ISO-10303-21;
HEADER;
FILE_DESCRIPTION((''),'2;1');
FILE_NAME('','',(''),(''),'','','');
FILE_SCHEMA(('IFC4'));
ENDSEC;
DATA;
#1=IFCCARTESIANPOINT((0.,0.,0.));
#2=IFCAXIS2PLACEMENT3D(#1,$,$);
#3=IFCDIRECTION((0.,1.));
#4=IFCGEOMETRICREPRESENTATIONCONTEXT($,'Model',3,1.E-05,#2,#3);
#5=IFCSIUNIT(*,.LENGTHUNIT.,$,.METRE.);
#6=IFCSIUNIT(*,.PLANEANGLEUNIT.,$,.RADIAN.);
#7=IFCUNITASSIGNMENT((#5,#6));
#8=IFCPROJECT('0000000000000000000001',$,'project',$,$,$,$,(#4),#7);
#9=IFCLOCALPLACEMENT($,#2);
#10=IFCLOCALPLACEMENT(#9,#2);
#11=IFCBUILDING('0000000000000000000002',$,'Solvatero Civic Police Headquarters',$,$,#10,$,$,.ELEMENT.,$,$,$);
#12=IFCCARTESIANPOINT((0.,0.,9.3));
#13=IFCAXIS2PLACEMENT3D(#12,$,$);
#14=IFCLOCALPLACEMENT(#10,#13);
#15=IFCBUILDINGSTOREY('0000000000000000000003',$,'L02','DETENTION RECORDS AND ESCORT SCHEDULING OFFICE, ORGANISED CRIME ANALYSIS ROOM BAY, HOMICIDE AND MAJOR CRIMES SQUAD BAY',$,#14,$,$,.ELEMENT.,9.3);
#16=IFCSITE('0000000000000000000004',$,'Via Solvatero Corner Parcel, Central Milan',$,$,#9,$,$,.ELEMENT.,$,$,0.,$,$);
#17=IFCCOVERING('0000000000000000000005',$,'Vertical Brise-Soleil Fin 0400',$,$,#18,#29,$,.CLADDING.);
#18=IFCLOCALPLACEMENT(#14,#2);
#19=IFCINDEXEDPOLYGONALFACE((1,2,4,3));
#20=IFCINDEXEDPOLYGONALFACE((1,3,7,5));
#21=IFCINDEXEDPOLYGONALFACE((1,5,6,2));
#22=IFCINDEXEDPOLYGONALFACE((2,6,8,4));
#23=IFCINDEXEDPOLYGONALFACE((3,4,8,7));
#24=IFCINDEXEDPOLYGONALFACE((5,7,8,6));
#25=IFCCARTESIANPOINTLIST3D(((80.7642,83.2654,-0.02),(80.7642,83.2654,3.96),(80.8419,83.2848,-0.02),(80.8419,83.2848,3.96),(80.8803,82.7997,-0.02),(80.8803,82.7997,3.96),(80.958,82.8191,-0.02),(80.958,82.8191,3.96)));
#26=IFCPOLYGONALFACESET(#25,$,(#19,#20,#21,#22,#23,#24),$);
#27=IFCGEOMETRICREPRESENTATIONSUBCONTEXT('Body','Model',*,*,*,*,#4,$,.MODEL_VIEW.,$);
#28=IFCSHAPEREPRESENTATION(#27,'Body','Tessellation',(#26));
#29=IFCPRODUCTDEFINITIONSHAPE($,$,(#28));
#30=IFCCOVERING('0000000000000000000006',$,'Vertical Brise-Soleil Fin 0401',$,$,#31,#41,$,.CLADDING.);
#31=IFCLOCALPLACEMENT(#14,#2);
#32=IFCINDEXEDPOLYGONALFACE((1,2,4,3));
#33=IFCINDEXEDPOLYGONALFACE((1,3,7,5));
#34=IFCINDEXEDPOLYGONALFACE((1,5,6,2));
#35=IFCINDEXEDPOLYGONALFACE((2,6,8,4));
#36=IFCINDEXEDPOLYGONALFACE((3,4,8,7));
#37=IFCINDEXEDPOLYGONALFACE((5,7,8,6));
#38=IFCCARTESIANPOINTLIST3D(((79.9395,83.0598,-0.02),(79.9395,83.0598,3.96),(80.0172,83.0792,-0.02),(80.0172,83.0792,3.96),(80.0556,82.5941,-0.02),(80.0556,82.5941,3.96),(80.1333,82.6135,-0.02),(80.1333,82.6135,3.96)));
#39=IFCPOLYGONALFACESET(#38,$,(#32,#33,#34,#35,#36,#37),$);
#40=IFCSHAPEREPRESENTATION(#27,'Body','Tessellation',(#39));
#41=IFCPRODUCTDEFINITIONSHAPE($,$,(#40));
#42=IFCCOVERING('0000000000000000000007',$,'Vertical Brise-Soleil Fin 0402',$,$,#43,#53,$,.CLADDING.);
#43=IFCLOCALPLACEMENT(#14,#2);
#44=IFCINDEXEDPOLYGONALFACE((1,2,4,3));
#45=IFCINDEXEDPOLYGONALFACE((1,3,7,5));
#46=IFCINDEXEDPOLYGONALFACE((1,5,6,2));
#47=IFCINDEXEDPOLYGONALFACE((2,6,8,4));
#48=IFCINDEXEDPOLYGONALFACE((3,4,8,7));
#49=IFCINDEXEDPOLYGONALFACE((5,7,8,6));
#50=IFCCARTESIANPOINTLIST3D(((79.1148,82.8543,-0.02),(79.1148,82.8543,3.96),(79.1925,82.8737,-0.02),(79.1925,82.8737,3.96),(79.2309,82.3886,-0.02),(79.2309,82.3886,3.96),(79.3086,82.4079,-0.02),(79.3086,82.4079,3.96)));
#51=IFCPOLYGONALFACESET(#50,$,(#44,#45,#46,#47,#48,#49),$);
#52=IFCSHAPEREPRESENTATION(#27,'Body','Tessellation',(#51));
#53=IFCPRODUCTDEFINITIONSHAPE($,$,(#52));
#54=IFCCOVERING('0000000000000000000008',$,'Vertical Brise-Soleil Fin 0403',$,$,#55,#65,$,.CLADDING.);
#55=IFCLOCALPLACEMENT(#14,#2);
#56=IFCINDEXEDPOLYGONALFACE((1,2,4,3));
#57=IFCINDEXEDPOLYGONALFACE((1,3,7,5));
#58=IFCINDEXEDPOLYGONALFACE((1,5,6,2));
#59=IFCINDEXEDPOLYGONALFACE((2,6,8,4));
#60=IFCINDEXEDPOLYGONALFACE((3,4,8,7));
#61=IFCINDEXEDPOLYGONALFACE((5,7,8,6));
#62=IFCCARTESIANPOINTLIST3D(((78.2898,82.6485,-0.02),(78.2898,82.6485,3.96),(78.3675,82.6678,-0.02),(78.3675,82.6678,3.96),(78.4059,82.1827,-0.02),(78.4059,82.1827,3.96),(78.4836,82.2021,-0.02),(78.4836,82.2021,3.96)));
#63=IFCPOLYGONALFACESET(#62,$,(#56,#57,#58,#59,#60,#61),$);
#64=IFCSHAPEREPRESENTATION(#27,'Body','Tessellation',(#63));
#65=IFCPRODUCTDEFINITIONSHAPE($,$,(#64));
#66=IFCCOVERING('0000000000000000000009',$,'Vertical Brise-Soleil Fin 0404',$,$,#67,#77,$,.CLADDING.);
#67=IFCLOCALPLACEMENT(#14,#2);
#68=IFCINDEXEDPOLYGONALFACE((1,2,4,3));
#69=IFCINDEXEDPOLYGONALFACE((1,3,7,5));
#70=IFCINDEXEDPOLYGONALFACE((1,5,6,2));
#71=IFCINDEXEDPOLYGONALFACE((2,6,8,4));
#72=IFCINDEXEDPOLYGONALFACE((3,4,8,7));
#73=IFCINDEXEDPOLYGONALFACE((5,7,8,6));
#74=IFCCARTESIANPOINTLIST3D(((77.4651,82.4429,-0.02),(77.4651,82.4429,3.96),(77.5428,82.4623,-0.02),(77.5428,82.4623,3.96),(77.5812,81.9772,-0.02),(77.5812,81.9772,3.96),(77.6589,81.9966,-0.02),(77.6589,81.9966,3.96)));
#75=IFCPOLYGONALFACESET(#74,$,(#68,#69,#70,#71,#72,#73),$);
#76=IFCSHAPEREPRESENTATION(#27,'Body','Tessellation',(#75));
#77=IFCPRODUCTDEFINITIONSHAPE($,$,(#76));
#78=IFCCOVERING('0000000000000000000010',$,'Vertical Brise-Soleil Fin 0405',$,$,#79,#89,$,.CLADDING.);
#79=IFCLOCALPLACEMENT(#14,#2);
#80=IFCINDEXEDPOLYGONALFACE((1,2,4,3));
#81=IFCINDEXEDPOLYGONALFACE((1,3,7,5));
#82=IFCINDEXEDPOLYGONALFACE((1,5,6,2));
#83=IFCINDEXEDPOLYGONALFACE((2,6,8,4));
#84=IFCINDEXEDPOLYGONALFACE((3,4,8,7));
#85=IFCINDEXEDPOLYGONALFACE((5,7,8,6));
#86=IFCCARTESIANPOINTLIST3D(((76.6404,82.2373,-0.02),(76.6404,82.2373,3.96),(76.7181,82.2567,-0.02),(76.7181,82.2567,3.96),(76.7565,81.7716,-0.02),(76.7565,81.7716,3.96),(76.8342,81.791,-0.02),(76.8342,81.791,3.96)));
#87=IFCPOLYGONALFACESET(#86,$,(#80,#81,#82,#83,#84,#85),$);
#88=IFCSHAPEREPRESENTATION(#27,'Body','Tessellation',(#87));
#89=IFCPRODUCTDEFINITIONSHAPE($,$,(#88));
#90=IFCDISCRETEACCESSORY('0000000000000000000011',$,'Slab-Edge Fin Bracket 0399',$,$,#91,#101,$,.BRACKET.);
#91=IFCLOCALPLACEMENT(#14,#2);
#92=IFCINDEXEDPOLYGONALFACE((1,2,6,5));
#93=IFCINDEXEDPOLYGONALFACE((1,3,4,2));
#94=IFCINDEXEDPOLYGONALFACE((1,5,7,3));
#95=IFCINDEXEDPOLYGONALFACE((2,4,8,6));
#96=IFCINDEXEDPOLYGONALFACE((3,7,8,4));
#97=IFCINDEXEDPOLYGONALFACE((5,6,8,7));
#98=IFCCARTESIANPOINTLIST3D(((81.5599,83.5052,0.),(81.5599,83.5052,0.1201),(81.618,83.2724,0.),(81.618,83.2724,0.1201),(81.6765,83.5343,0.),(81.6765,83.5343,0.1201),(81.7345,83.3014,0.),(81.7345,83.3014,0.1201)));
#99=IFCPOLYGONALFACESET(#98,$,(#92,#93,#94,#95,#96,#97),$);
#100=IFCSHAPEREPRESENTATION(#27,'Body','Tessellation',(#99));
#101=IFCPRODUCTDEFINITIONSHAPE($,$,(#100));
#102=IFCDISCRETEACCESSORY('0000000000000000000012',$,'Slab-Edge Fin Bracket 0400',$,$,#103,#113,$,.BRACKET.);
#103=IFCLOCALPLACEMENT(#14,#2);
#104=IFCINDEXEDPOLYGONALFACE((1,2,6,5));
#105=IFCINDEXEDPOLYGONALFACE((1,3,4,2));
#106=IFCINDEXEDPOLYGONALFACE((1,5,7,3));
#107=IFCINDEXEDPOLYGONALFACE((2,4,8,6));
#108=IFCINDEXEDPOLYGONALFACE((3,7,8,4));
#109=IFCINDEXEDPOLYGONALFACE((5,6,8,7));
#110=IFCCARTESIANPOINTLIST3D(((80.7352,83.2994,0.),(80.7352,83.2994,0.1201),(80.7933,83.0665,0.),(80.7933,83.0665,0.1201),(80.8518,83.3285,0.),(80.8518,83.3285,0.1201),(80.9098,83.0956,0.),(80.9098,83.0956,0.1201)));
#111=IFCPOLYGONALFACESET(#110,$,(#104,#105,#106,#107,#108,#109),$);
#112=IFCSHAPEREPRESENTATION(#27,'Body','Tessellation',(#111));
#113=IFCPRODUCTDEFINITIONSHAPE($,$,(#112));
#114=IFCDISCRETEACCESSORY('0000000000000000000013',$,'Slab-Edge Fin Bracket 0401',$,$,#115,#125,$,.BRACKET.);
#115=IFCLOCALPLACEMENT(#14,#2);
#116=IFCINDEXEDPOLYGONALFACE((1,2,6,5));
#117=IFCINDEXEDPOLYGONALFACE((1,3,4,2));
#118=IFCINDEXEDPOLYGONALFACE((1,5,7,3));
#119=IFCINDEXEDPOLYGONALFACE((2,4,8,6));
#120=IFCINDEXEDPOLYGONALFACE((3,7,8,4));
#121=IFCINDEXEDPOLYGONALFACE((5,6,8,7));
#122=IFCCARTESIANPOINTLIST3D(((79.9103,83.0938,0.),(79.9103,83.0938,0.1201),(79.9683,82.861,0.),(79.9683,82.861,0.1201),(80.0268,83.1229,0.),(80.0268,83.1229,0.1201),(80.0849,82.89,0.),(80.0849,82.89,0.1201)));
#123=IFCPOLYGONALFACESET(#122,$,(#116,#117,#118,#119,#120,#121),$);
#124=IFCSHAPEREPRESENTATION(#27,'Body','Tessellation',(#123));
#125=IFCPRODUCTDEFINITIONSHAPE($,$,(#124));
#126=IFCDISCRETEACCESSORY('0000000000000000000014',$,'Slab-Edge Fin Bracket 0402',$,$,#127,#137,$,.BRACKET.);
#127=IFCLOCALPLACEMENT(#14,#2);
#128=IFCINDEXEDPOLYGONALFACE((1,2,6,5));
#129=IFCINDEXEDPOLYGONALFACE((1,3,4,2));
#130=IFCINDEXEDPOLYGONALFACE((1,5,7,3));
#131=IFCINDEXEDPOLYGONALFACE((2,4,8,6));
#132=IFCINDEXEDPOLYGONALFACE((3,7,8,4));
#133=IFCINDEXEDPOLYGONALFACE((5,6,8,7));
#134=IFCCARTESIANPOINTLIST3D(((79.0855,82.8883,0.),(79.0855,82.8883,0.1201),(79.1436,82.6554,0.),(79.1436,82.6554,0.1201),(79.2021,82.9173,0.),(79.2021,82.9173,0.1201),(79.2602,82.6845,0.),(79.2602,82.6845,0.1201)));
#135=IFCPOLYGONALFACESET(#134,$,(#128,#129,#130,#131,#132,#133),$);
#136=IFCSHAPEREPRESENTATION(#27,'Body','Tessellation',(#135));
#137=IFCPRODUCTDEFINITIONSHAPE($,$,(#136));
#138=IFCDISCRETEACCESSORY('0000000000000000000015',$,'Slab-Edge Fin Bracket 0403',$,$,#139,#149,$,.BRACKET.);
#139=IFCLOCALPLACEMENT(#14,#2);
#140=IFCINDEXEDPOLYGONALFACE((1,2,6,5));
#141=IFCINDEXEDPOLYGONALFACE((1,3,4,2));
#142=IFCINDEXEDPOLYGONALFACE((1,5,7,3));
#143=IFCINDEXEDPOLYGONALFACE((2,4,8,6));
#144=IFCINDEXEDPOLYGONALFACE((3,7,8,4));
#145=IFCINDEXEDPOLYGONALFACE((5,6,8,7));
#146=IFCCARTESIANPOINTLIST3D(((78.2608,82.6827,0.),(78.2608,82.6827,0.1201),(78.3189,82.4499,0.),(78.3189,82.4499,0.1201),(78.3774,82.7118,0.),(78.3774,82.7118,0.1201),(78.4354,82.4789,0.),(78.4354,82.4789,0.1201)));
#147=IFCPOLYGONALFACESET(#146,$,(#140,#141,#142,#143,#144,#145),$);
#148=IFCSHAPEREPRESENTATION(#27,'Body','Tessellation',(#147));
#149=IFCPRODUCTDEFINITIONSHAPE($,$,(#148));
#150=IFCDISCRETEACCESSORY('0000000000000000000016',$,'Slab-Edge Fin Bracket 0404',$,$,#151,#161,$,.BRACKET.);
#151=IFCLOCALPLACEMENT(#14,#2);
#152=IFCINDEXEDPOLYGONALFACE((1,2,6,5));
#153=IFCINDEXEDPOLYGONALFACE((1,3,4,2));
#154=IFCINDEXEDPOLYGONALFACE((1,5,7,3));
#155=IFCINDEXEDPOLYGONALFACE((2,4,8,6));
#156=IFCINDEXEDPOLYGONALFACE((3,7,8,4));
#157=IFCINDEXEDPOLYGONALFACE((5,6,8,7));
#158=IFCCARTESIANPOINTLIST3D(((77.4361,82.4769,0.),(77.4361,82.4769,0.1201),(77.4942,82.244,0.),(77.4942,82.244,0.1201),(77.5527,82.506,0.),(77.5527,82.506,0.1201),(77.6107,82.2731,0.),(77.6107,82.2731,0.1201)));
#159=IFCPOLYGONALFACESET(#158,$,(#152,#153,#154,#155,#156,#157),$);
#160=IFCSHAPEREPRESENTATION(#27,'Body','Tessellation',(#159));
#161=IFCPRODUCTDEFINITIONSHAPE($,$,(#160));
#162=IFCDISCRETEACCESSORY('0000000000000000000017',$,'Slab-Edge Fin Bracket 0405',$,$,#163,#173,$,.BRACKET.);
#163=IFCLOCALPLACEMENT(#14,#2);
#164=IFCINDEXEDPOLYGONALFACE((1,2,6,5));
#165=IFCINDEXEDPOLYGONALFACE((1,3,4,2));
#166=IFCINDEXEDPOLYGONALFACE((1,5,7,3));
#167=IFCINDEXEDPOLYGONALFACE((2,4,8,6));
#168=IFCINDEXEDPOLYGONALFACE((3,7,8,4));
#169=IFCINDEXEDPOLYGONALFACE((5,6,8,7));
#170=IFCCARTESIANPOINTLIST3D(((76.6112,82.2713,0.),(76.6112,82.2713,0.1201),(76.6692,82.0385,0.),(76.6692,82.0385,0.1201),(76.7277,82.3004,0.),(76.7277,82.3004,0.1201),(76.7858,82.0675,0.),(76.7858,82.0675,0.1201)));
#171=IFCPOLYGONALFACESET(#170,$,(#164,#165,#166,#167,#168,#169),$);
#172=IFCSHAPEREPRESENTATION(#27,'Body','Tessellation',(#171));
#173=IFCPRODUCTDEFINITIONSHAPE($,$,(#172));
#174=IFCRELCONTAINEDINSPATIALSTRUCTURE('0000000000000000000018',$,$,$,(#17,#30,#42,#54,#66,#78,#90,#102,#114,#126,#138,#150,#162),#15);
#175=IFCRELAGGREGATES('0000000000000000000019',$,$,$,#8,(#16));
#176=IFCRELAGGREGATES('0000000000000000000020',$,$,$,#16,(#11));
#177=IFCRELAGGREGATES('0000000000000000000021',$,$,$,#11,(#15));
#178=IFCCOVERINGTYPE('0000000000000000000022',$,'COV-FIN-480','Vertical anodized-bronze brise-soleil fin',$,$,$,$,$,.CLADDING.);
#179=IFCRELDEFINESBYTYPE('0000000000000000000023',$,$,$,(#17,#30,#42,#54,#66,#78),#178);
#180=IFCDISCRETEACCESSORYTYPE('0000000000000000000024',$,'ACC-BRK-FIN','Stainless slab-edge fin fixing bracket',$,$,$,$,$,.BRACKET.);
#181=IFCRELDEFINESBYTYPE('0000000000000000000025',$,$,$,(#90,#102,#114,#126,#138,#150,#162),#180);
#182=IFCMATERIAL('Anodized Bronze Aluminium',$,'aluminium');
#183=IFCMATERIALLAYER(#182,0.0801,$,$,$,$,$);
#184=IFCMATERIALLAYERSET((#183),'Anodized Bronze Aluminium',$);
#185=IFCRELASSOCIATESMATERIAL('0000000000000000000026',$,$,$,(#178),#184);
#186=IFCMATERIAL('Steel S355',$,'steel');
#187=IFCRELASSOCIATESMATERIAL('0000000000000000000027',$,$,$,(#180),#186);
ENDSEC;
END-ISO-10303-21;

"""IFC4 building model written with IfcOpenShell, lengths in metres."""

from ifc_helpers import new_model, si_unit, direction, frame, origin, origin_2d, place, context, subcontext, project, spatial, rectangle, extrude, material, layer, layer_set, type_object, element, save


model = new_model("IFC4")

# Units and contexts
model_context = context("Model", 3, precision=1e-05, world=origin(), true_north=direction((0.0, 1.0)))
body_context = subcontext(model_context, "Body", "Model", "MODEL_VIEW")
ifc_project = project(units=[si_unit("LENGTHUNIT", "METRE"), si_unit("PLANEANGLEUNIT", "RADIAN")], contexts=[model_context])

# Site, building, storey
site_placement = place(None, origin())
site = spatial("IfcSite", under=ifc_project, at=site_placement, Name="Via Solvatero Corner Parcel, Central Milan", CompositionType="ELEMENT", RefElevation=0.0)
building_placement = place(site_placement, origin())
building = spatial("IfcBuilding", under=site, at=building_placement, Name="Solvatero Civic Police Headquarters", CompositionType="ELEMENT")
storey_placement = place(building_placement, frame((0.0, 0.0, 9.3)))
storey = spatial("IfcBuildingStorey", under=building, at=storey_placement, Name="L02", Description="DETENTION RECORDS AND ESCORT SCHEDULING OFFICE, ORGANISED CRIME ANALYSIS ROOM BAY, HOMICIDE AND MAJOR CRIMES SQUAD BAY", CompositionType="ELEMENT", Elevation=9.3)

# Shared definitions
ifc_material_1 = material(Name="Anodized Bronze Aluminium", Category="aluminium")

# Coverings
ifc_layer_1 = layer(ifc_material_1, 0.0801)
ifc_layer_set_1 = layer_set([ifc_layer_1], Name="Anodized Bronze Aluminium")
covering_type = type_object("IfcCoveringType", Name="COV-FIN-480", Description="Vertical anodized-bronze brise-soleil fin", PredefinedType="CLADDING", material=ifc_layer_set_1)
for number, where, z_axis, x_axis, name in (
    (1, (80.8611, 83.0422, -0.02), (0.0, 0.0, 1.0), (-0.970296, -0.241922, 0.0), "Vertical Brise-Soleil Fin 0400"),
    (2, (80.0364, 82.8367, -0.02), (0.0, 0.0, 1.0), (-0.970296, -0.241922, 0.0), "Vertical Brise-Soleil Fin 0401"),
    (3, (79.2117, 82.6311, -0.02), (0.0, 0.0, 1.0), (-0.970296, -0.241922, 0.0), "Vertical Brise-Soleil Fin 0402"),
    (4, (78.3867, 82.4253, -0.02), (0.0, 0.0, 1.0), (-0.970296, -0.241922, 0.0), "Vertical Brise-Soleil Fin 0403"),
    (5, (77.562, 82.2197, -0.02), (0.0, 0.0, 1.0), (-0.970296, -0.241922, 0.0), "Vertical Brise-Soleil Fin 0404"),
    (6, (76.7373, 82.0142, -0.02), (0.0, 0.0, 1.0), (-0.970296, -0.241922, 0.0), "Vertical Brise-Soleil Fin 0405"),
):
    element("IfcCovering", number, at=place(storey_placement, frame(where, z_axis=z_axis, x_axis=x_axis)), inside=storey, type_object=covering_type, Name=name, PredefinedType="CLADDING", context=body_context, shape_type="SweptSolid", body=[
        extrude(rectangle(XDim=0.0801, YDim=0.48, at=origin_2d()), origin(), (0.0, 0.0, 1.0), 3.98),
    ])

# Discrete accessories
ifc_material_2 = material(Name="Steel S355", Category="steel")
discrete_accessory_type = type_object("IfcDiscreteAccessoryType", Name="ACC-BRK-FIN", Description="Stainless slab-edge fin fixing bracket", PredefinedType="BRACKET", material=ifc_material_2)
for number, where, z_axis, x_axis, name in (
    (7, (81.6472, 83.4033, 0.0), (0.0, 0.0, 1.0), (-0.970296, -0.241922, 0.0), "Slab-Edge Fin Bracket 0399"),
    (8, (80.8225, 83.1975, 0.0), (0.0, 0.0, 1.0), (-0.970296, -0.241922, 0.0), "Slab-Edge Fin Bracket 0400"),
    (9, (79.9976, 82.9919, 0.0), (0.0, 0.0, 1.0), (-0.970296, -0.241922, 0.0), "Slab-Edge Fin Bracket 0401"),
    (10, (79.1729, 82.7864, 0.0), (0.0, 0.0, 1.0), (-0.970296, -0.241922, 0.0), "Slab-Edge Fin Bracket 0402"),
    (11, (78.3481, 82.5808, 0.0), (0.0, 0.0, 1.0), (-0.970296, -0.241922, 0.0), "Slab-Edge Fin Bracket 0403"),
    (12, (77.5234, 82.375, 0.0), (0.0, 0.0, 1.0), (-0.970296, -0.241922, 0.0), "Slab-Edge Fin Bracket 0404"),
    (13, (76.6985, 82.1694, 0.0), (0.0, 0.0, 1.0), (-0.970296, -0.241922, 0.0), "Slab-Edge Fin Bracket 0405"),
):
    element("IfcDiscreteAccessory", number, at=place(storey_placement, frame(where, z_axis=z_axis, x_axis=x_axis)), inside=storey, type_object=discrete_accessory_type, Name=name, PredefinedType="BRACKET", context=body_context, shape_type="SweptSolid", body=[
        extrude(rectangle(XDim=0.1201, YDim=0.24, at=origin_2d()), origin(), (0.0, 0.0, 1.0), 0.1201),
    ])

save(model, "model.ifc")
